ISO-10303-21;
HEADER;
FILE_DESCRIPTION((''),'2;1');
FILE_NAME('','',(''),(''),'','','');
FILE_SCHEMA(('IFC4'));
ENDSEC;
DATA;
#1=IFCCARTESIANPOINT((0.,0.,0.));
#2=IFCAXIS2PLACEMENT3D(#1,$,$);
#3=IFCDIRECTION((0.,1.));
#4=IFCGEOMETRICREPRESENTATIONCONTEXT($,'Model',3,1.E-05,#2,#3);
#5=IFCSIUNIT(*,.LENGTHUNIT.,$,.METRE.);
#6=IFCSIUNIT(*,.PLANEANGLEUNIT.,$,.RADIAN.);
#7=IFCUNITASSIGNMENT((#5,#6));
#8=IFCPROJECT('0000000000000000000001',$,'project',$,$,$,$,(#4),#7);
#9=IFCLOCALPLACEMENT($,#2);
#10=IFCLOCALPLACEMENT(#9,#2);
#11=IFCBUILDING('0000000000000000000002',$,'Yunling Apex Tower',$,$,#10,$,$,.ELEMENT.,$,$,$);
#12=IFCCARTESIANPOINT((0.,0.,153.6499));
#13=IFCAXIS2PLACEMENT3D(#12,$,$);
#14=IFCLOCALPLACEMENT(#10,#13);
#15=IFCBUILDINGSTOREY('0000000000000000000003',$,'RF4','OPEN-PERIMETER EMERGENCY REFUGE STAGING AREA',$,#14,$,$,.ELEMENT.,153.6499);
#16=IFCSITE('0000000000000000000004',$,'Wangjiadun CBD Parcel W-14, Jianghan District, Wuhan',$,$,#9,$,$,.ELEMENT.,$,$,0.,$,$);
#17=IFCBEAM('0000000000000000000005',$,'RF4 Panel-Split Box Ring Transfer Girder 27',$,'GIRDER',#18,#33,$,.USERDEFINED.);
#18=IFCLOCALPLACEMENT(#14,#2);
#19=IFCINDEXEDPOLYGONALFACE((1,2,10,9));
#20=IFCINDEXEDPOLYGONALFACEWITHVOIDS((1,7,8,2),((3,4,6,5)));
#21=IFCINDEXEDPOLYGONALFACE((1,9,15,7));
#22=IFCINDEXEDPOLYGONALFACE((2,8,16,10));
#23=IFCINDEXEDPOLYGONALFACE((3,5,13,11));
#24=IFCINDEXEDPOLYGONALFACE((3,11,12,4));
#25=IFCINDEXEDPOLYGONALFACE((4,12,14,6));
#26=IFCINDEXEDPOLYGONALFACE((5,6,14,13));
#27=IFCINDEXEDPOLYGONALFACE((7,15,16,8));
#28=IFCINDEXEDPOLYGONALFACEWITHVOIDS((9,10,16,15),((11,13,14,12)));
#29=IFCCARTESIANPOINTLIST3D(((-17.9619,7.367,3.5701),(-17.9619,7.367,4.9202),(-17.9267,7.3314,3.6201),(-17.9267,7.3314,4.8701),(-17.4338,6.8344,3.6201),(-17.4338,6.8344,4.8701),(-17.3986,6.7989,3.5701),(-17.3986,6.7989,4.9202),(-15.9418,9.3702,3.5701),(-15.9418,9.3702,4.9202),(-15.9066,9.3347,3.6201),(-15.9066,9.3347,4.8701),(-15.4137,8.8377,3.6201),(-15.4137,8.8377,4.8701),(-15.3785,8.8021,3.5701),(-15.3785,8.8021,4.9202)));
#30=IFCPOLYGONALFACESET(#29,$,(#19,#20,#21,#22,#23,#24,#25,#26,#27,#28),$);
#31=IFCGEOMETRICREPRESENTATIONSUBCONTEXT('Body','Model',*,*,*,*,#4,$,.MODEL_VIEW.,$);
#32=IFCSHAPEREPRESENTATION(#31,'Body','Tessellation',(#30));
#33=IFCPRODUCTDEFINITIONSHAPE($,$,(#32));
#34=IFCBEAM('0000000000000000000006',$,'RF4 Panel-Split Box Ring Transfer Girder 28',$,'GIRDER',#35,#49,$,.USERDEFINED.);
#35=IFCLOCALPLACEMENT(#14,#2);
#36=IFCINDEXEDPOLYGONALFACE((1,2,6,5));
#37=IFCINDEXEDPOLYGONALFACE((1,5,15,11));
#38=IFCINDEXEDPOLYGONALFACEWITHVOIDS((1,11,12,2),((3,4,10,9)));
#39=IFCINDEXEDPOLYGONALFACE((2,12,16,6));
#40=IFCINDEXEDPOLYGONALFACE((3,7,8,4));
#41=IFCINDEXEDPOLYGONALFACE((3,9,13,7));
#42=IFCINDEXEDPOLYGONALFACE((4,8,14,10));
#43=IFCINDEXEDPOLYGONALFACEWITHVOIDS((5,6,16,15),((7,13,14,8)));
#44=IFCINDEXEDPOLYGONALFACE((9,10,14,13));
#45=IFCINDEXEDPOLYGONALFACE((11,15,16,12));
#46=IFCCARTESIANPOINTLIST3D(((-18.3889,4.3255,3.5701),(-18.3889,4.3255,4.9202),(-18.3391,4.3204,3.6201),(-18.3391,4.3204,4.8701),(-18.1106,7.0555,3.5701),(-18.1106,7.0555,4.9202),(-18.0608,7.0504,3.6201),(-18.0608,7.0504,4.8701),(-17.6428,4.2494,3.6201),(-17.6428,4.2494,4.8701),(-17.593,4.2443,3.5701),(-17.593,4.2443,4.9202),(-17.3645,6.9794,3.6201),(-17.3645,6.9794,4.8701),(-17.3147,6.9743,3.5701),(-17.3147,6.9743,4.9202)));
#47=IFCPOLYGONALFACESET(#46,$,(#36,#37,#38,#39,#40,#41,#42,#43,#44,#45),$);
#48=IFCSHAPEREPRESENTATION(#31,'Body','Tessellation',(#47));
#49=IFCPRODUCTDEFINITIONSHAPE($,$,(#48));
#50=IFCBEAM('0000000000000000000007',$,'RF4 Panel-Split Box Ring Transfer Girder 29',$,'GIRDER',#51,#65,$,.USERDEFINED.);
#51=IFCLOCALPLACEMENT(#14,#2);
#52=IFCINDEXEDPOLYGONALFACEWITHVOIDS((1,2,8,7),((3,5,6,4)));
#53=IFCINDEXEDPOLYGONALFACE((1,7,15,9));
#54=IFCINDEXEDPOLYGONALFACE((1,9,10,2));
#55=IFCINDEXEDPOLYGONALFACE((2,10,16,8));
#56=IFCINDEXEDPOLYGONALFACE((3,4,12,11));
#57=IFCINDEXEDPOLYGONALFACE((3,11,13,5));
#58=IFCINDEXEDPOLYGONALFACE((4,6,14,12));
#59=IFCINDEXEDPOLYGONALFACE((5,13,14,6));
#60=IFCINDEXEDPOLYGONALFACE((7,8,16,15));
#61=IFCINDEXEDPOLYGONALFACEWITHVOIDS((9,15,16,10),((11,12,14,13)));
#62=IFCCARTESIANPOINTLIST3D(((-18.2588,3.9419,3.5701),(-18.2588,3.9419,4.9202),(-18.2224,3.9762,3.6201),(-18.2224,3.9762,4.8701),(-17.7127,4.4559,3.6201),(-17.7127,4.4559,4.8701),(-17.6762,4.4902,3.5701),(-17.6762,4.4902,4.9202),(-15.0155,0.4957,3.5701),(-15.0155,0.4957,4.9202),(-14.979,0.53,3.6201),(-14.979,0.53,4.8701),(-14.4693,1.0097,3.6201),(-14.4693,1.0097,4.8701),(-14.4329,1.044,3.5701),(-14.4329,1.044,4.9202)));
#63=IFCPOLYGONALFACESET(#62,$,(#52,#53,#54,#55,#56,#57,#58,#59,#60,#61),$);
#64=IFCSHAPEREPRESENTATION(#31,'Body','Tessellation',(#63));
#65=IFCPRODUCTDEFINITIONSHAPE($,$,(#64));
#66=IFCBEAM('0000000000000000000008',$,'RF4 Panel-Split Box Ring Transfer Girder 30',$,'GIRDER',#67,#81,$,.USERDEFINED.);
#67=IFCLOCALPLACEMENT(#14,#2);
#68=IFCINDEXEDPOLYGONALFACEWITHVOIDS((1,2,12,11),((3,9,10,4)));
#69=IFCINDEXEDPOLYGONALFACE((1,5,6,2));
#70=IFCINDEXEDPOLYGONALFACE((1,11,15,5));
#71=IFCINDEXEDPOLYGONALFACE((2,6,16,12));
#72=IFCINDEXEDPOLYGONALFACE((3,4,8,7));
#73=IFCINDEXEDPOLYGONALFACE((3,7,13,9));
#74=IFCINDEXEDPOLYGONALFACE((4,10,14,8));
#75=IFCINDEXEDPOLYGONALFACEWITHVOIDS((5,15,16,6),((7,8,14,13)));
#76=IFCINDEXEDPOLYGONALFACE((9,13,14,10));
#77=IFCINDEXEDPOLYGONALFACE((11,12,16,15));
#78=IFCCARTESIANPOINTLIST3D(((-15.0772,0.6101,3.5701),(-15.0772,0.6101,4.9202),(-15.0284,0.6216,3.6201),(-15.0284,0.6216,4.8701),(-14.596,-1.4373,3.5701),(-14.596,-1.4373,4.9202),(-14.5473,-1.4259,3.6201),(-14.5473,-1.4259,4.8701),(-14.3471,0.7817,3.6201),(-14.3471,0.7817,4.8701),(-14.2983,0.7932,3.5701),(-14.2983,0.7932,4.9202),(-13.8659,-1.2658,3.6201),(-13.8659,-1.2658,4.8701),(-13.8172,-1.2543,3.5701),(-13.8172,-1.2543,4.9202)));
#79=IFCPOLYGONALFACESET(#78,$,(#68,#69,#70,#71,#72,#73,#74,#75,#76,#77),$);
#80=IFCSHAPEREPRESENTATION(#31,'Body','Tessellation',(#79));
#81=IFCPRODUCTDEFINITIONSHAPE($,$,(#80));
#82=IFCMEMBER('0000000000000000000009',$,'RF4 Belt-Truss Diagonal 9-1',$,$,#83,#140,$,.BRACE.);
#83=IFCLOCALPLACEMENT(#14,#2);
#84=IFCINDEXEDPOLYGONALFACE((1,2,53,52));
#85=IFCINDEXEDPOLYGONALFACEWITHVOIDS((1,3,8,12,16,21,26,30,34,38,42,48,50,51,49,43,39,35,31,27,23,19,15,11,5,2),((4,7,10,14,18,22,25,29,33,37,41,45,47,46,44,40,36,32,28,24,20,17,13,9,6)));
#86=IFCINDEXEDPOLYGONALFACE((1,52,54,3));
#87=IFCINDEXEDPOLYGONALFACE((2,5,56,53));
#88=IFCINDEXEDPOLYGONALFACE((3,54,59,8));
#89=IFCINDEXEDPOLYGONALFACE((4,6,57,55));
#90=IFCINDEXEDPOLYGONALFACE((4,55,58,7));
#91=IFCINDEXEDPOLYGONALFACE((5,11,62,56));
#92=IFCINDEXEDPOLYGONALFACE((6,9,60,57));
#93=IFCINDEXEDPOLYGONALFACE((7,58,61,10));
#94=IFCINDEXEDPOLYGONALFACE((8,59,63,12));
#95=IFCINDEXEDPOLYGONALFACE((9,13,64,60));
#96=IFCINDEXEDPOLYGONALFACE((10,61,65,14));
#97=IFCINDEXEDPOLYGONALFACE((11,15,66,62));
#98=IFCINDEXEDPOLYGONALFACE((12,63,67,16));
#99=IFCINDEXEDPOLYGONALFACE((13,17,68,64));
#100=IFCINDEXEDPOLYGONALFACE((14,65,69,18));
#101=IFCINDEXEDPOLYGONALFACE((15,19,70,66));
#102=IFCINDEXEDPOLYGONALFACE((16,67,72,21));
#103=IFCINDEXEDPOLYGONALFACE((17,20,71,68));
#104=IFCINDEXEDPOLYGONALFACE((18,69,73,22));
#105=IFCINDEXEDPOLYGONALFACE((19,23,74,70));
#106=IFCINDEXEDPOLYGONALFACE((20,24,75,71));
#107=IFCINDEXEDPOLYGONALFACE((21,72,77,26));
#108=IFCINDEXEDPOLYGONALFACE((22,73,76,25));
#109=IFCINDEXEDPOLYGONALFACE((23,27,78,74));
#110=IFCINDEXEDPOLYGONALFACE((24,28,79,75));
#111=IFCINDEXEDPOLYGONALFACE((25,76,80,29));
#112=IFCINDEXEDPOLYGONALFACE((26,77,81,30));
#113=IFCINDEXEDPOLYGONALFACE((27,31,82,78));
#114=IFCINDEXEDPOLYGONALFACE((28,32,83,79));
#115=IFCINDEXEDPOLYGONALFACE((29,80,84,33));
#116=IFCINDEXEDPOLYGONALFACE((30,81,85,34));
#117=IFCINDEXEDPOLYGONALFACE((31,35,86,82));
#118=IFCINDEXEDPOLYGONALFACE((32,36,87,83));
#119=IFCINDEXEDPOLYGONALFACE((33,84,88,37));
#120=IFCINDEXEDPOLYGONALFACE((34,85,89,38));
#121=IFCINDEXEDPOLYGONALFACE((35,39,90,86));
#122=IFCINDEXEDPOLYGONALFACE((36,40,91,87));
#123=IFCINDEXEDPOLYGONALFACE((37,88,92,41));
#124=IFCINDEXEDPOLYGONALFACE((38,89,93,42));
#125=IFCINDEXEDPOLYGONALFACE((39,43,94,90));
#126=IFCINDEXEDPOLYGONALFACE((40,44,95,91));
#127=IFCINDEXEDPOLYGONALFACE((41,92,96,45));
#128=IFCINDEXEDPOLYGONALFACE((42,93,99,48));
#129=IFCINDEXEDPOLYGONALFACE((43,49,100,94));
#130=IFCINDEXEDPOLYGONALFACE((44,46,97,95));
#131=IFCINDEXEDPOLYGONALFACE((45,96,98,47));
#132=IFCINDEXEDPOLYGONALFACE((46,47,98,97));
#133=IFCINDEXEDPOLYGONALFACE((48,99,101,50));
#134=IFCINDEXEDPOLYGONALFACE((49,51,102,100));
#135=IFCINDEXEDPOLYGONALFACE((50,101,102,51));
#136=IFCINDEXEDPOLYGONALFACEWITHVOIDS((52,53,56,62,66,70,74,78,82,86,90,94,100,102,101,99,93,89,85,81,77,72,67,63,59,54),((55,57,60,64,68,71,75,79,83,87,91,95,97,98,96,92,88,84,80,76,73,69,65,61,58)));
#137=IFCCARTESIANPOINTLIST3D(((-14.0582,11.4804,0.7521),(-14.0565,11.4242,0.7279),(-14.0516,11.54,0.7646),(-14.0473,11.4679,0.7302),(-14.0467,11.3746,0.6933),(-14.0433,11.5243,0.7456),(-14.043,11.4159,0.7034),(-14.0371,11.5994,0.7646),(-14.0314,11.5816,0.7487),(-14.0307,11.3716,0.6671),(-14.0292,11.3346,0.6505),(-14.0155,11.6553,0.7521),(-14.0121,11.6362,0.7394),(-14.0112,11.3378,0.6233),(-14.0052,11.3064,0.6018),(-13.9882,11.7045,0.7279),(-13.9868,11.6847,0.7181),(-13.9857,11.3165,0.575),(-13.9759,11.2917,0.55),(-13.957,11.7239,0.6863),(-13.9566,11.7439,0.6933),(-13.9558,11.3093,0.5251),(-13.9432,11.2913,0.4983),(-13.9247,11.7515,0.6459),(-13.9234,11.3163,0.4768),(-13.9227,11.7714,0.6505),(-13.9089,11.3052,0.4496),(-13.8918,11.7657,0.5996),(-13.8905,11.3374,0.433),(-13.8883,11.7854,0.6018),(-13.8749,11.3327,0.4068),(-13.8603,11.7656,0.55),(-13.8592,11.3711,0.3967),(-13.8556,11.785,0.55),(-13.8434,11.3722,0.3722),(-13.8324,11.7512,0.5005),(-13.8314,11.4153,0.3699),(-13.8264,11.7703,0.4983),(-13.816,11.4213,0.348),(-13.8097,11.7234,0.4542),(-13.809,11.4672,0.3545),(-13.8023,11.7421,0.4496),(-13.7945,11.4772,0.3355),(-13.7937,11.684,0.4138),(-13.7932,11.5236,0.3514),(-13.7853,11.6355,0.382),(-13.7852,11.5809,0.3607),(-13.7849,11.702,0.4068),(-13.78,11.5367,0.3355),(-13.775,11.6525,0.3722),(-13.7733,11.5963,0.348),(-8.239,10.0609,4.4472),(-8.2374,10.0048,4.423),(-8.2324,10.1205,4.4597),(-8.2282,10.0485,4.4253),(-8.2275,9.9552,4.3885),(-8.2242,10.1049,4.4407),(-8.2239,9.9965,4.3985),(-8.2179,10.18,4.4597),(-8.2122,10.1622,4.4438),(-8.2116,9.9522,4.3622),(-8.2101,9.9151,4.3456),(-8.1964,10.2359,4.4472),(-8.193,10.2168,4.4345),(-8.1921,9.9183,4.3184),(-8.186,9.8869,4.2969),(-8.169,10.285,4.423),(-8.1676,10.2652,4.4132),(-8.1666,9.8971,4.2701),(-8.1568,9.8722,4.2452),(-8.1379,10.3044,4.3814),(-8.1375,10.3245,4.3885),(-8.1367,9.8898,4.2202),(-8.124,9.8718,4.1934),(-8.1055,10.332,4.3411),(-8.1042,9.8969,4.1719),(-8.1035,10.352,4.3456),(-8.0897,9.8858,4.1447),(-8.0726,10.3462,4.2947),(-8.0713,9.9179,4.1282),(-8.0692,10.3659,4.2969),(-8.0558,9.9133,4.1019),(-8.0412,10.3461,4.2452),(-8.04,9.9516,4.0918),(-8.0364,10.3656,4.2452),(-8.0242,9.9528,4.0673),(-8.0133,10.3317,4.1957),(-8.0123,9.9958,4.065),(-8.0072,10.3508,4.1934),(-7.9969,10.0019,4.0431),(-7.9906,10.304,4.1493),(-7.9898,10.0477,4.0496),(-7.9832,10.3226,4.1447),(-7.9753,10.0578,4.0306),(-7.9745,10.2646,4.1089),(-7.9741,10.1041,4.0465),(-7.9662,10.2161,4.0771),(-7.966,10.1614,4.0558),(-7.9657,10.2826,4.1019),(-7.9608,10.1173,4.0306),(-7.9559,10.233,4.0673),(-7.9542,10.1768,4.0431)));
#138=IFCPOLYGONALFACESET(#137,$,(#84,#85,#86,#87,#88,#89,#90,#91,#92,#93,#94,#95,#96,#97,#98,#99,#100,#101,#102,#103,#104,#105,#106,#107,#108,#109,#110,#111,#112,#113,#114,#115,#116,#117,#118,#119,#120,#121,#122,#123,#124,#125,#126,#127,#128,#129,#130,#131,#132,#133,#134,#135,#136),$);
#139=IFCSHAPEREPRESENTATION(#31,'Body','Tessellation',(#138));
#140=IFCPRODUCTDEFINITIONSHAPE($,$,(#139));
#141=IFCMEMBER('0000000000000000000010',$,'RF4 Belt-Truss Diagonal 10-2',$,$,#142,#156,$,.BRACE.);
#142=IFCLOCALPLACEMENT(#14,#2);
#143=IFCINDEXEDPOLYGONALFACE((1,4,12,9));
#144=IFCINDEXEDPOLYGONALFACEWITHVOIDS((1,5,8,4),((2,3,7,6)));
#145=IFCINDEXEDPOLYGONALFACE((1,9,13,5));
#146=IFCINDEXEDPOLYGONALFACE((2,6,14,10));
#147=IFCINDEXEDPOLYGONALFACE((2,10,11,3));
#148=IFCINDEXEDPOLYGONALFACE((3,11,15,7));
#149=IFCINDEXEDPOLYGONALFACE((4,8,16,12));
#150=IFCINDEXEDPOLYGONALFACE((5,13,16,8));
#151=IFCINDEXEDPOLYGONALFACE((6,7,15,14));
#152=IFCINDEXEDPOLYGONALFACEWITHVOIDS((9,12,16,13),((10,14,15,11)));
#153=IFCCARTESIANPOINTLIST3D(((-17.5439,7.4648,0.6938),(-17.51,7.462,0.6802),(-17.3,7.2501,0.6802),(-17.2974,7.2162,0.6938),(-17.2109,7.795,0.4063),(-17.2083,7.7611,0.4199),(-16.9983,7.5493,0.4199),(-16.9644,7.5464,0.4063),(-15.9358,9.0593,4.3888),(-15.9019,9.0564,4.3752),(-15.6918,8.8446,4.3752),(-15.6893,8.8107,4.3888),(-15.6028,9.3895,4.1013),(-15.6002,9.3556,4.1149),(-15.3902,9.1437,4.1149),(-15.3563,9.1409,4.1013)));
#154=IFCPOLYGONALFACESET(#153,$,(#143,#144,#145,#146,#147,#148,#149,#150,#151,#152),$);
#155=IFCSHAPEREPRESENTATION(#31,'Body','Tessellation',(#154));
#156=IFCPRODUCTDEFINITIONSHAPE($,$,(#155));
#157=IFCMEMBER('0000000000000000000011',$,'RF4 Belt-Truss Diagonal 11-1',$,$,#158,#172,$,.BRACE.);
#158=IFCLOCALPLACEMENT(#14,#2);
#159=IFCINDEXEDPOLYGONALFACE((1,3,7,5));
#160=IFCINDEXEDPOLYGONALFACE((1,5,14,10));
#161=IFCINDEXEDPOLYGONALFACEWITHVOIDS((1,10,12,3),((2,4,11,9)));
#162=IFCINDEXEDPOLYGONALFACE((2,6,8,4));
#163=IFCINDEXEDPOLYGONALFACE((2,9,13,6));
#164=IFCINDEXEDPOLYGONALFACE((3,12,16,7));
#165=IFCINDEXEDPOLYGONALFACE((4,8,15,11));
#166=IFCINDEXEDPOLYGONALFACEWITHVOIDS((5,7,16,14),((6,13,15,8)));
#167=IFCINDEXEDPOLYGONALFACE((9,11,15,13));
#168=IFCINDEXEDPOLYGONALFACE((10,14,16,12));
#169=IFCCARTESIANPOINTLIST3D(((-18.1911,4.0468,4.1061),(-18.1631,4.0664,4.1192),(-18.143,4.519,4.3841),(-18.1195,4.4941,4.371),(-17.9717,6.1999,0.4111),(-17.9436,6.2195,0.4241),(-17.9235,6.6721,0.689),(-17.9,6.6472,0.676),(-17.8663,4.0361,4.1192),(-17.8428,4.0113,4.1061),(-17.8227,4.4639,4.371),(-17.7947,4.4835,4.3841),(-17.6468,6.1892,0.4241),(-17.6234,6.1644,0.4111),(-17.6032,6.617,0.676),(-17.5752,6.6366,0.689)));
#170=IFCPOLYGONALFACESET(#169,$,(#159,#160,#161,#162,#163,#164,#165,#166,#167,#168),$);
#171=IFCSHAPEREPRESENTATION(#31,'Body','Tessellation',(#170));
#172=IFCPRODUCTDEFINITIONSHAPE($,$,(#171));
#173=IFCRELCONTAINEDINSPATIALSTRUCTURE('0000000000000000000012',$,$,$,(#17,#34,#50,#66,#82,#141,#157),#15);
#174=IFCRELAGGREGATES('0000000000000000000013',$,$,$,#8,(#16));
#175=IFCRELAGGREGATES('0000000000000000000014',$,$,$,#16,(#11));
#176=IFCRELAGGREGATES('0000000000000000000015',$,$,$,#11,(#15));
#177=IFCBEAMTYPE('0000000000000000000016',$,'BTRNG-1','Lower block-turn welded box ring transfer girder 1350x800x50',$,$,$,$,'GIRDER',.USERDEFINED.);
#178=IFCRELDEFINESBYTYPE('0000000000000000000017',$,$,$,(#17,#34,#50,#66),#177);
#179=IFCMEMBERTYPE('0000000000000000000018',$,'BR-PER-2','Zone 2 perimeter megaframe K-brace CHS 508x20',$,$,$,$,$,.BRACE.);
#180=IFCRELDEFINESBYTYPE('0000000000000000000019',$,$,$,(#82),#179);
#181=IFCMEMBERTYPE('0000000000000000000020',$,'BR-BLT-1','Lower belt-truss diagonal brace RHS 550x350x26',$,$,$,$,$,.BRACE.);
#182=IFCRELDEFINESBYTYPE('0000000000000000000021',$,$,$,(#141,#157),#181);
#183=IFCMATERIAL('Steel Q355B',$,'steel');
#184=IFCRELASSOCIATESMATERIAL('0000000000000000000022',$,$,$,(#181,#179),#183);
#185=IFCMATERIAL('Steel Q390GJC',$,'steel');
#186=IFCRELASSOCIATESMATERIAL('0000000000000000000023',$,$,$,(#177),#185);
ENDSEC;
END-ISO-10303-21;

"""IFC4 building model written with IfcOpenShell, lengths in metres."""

from ifc_helpers import new_model, si_unit, direction, frame, origin, origin_2d, place, context, subcontext, project, spatial, hollow_rectangle, hollow_circle, extrude, source, transform, mapped, material, material_profile, profile_set, type_object, element, save


model = new_model("IFC4")

# Units and contexts
model_context = context("Model", 3, precision=1e-05, world=origin(), true_north=direction((0.0, 1.0)))
body_context = subcontext(model_context, "Body", "Model", "MODEL_VIEW")
ifc_project = project(units=[si_unit("LENGTHUNIT", "METRE"), si_unit("PLANEANGLEUNIT", "RADIAN")], contexts=[model_context])

# Site, building, storey
site_placement = place(None, origin())
site = spatial("IfcSite", under=ifc_project, at=site_placement, Name="Wangjiadun CBD Parcel W-14, Jianghan District, Wuhan", CompositionType="ELEMENT", RefElevation=0.0)
building_placement = place(site_placement, origin())
building = spatial("IfcBuilding", under=site, at=building_placement, Name="Yunling Apex Tower", CompositionType="ELEMENT")
storey_placement = place(building_placement, frame((0.0, 0.0, 153.6499)))
storey = spatial("IfcBuildingStorey", under=building, at=storey_placement, Name="RF4", Description="OPEN-PERIMETER EMERGENCY REFUGE STAGING AREA", CompositionType="ELEMENT", Elevation=153.6499)

# Shared definitions
ifc_material_1 = material(Name="Steel Q390GJC", Category="steel")

# Shared definitions
ifc_material_2 = material(Name="Steel Q355B", Category="steel")
ifc_material_profile_1 = material_profile(ifc_material_2, hollow_rectangle(XDim=0.3501, YDim=0.55, WallThickness=0.0259, at=origin_2d()))
ifc_profile_set_1 = profile_set([ifc_material_profile_1], Name="Steel Q355B")
member_type_1 = type_object("IfcMemberType", Name="BR-BLT-1", Description="Lower belt-truss diagonal brace RHS 550x350x26", PredefinedType="BRACE", material=ifc_profile_set_1)

# Beams
ifc_material_profile_2 = material_profile(ifc_material_1, hollow_rectangle(XDim=0.8, YDim=1.3501, WallThickness=0.05, at=origin_2d()))
ifc_profile_set_2 = profile_set([ifc_material_profile_2], Name="Steel Q390GJC")
beam_type = type_object("IfcBeamType", Name="BTRNG-1", Description="Lower block-turn welded box ring transfer girder 1350x800x50", ElementType="GIRDER", PredefinedType="USERDEFINED", material=ifc_profile_set_2)
shared_shape_1 = source(origin(), body_context, "Body", "SweptSolid", [
    extrude(hollow_rectangle(XDim=0.8, YDim=1.3501, WallThickness=0.05, at=origin_2d()), origin(), (0.0, 0.0, 1.0), 2.845),
])
beam_1_placement = place(storey_placement, frame((-15.6602, 9.0862, 4.2451), z_axis=(-0.710061, -0.70414, 0.0), x_axis=(0.70414, -0.710061, 0.0)))
element("IfcBeam", 1, at=beam_1_placement, inside=storey, type_object=beam_type, Name="RF4 Panel-Split Box Ring Transfer Girder 27", ObjectType="GIRDER", PredefinedType="USERDEFINED", context=body_context, shape_type="MappedRepresentation", body=[
    mapped(shared_shape_1, transform((0.0, 0.0, 0.0), scale=1.0)),
])
shared_shape_2 = source(origin(), body_context, "Body", "SweptSolid", [
    extrude(hollow_rectangle(XDim=0.8, YDim=1.3501, WallThickness=0.05, at=origin_2d()), origin(), (0.0, 0.0, 1.0), 2.7441),
])
beam_2_placement = place(storey_placement, frame((-17.7126, 7.0149, 4.2451), z_axis=(-0.101424, -0.994843, 0.0), x_axis=(0.994843, -0.101424, 0.0)))
element("IfcBeam", 2, at=beam_2_placement, inside=storey, type_object=beam_type, Name="RF4 Panel-Split Box Ring Transfer Girder 28", ObjectType="GIRDER", PredefinedType="USERDEFINED", context=body_context, shape_type="MappedRepresentation", body=[
    mapped(shared_shape_2, transform((0.0, 0.0, 0.0), scale=1.0)),
])
shared_shape_3 = source(origin(), body_context, "Body", "SweptSolid", [
    extrude(hollow_rectangle(XDim=0.8, YDim=1.3501, WallThickness=0.05, at=origin_2d()), origin(), (0.0, 0.0, 1.0), 4.7324),
])
beam_3_placement = place(storey_placement, frame((-17.9675, 4.2161, 4.2451), z_axis=(0.685347, -0.728217, 0.0), x_axis=(0.728217, 0.685347, 0.0)))
element("IfcBeam", 3, at=beam_3_placement, inside=storey, type_object=beam_type, Name="RF4 Panel-Split Box Ring Transfer Girder 29", ObjectType="GIRDER", PredefinedType="USERDEFINED", context=body_context, shape_type="MappedRepresentation", body=[
    mapped(shared_shape_3, transform((0.0, 0.0, 0.0), scale=1.0)),
])
shared_shape_4 = source(origin(), body_context, "Body", "SweptSolid", [
    extrude(hollow_rectangle(XDim=0.8, YDim=1.3501, WallThickness=0.05, at=origin_2d()), origin(), (0.0, 0.0, 1.0), 2.1033),
])
beam_4_placement = place(storey_placement, frame((-14.6877, 0.7017, 4.2451), z_axis=(0.228774, -0.97348, 0.0), x_axis=(0.97348, 0.228774, 0.0)))
element("IfcBeam", 4, at=beam_4_placement, inside=storey, type_object=beam_type, Name="RF4 Panel-Split Box Ring Transfer Girder 30", ObjectType="GIRDER", PredefinedType="USERDEFINED", context=body_context, shape_type="MappedRepresentation", body=[
    mapped(shared_shape_4, transform((0.0, 0.0, 0.0), scale=1.0)),
])

# Members
ifc_material_profile_3 = material_profile(ifc_material_2, hollow_circle(Radius=0.2539, WallThickness=0.02, at=origin_2d()))
ifc_profile_set_3 = profile_set([ifc_material_profile_3], Name="Steel Q355B")
member_type_2 = type_object("IfcMemberType", Name="BR-PER-2", Description="Zone 2 perimeter megaframe K-brace CHS 508x20", PredefinedType="BRACE", material=ifc_profile_set_3)
shared_shape_5 = source(origin(), body_context, "Body", "SweptSolid", [
    extrude(hollow_circle(Radius=0.2539, WallThickness=0.02, at=origin_2d()), origin(), (0.0, 0.0, 1.0), 7.0378),
])
member_1_placement = place(storey_placement, frame((-13.9158, 11.5383, 0.55), z_axis=(0.826838, -0.201688, 0.525034), x_axis=(0.236979, 0.971515, 0.0)))
element("IfcMember", 5, at=member_1_placement, inside=storey, type_object=member_type_2, Name="RF4 Belt-Truss Diagonal 9-1", PredefinedType="BRACE", context=body_context, shape_type="MappedRepresentation", body=[
    mapped(shared_shape_5, transform((0.0, 0.0, 0.0), scale=1.0)),
])
shared_shape_6 = source(origin(), body_context, "Body", "SweptSolid", [
    extrude(hollow_rectangle(XDim=0.3501, YDim=0.55, WallThickness=0.0259, at=origin_2d()), origin(), (0.0, 0.0, 1.0), 4.3337),
])
member_2_placement = place(storey_placement, frame((-17.2542, 7.5056, 0.55), z_axis=(0.37107, 0.367915, 0.852611), x_axis=(-0.704082, 0.710119, 0.0)))
element("IfcMember", 6, at=member_2_placement, inside=storey, type_object=member_type_1, Name="RF4 Belt-Truss Diagonal 10-2", PredefinedType="BRACE", context=body_context, shape_type="MappedRepresentation", body=[
    mapped(shared_shape_6, transform((0.0, 0.0, 0.0), scale=1.0)),
])
shared_shape_7 = source(origin(), body_context, "Body", "SweptSolid", [
    extrude(hollow_rectangle(XDim=0.3501, YDim=0.55, WallThickness=0.0259, at=origin_2d()), origin(), (0.0, 0.0, 1.0), 4.2822),
])
member_3_placement = place(storey_placement, frame((-17.7734, 6.4182, 0.55), z_axis=(-0.051254, -0.502794, 0.862885), x_axis=(0.994844, -0.101413, 0.0)))
element("IfcMember", 7, at=member_3_placement, inside=storey, type_object=member_type_1, Name="RF4 Belt-Truss Diagonal 11-1", PredefinedType="BRACE", context=body_context, shape_type="MappedRepresentation", body=[
    mapped(shared_shape_7, transform((0.0, 0.0, 0.0), scale=1.0)),
])

save(model, "model.ifc")
